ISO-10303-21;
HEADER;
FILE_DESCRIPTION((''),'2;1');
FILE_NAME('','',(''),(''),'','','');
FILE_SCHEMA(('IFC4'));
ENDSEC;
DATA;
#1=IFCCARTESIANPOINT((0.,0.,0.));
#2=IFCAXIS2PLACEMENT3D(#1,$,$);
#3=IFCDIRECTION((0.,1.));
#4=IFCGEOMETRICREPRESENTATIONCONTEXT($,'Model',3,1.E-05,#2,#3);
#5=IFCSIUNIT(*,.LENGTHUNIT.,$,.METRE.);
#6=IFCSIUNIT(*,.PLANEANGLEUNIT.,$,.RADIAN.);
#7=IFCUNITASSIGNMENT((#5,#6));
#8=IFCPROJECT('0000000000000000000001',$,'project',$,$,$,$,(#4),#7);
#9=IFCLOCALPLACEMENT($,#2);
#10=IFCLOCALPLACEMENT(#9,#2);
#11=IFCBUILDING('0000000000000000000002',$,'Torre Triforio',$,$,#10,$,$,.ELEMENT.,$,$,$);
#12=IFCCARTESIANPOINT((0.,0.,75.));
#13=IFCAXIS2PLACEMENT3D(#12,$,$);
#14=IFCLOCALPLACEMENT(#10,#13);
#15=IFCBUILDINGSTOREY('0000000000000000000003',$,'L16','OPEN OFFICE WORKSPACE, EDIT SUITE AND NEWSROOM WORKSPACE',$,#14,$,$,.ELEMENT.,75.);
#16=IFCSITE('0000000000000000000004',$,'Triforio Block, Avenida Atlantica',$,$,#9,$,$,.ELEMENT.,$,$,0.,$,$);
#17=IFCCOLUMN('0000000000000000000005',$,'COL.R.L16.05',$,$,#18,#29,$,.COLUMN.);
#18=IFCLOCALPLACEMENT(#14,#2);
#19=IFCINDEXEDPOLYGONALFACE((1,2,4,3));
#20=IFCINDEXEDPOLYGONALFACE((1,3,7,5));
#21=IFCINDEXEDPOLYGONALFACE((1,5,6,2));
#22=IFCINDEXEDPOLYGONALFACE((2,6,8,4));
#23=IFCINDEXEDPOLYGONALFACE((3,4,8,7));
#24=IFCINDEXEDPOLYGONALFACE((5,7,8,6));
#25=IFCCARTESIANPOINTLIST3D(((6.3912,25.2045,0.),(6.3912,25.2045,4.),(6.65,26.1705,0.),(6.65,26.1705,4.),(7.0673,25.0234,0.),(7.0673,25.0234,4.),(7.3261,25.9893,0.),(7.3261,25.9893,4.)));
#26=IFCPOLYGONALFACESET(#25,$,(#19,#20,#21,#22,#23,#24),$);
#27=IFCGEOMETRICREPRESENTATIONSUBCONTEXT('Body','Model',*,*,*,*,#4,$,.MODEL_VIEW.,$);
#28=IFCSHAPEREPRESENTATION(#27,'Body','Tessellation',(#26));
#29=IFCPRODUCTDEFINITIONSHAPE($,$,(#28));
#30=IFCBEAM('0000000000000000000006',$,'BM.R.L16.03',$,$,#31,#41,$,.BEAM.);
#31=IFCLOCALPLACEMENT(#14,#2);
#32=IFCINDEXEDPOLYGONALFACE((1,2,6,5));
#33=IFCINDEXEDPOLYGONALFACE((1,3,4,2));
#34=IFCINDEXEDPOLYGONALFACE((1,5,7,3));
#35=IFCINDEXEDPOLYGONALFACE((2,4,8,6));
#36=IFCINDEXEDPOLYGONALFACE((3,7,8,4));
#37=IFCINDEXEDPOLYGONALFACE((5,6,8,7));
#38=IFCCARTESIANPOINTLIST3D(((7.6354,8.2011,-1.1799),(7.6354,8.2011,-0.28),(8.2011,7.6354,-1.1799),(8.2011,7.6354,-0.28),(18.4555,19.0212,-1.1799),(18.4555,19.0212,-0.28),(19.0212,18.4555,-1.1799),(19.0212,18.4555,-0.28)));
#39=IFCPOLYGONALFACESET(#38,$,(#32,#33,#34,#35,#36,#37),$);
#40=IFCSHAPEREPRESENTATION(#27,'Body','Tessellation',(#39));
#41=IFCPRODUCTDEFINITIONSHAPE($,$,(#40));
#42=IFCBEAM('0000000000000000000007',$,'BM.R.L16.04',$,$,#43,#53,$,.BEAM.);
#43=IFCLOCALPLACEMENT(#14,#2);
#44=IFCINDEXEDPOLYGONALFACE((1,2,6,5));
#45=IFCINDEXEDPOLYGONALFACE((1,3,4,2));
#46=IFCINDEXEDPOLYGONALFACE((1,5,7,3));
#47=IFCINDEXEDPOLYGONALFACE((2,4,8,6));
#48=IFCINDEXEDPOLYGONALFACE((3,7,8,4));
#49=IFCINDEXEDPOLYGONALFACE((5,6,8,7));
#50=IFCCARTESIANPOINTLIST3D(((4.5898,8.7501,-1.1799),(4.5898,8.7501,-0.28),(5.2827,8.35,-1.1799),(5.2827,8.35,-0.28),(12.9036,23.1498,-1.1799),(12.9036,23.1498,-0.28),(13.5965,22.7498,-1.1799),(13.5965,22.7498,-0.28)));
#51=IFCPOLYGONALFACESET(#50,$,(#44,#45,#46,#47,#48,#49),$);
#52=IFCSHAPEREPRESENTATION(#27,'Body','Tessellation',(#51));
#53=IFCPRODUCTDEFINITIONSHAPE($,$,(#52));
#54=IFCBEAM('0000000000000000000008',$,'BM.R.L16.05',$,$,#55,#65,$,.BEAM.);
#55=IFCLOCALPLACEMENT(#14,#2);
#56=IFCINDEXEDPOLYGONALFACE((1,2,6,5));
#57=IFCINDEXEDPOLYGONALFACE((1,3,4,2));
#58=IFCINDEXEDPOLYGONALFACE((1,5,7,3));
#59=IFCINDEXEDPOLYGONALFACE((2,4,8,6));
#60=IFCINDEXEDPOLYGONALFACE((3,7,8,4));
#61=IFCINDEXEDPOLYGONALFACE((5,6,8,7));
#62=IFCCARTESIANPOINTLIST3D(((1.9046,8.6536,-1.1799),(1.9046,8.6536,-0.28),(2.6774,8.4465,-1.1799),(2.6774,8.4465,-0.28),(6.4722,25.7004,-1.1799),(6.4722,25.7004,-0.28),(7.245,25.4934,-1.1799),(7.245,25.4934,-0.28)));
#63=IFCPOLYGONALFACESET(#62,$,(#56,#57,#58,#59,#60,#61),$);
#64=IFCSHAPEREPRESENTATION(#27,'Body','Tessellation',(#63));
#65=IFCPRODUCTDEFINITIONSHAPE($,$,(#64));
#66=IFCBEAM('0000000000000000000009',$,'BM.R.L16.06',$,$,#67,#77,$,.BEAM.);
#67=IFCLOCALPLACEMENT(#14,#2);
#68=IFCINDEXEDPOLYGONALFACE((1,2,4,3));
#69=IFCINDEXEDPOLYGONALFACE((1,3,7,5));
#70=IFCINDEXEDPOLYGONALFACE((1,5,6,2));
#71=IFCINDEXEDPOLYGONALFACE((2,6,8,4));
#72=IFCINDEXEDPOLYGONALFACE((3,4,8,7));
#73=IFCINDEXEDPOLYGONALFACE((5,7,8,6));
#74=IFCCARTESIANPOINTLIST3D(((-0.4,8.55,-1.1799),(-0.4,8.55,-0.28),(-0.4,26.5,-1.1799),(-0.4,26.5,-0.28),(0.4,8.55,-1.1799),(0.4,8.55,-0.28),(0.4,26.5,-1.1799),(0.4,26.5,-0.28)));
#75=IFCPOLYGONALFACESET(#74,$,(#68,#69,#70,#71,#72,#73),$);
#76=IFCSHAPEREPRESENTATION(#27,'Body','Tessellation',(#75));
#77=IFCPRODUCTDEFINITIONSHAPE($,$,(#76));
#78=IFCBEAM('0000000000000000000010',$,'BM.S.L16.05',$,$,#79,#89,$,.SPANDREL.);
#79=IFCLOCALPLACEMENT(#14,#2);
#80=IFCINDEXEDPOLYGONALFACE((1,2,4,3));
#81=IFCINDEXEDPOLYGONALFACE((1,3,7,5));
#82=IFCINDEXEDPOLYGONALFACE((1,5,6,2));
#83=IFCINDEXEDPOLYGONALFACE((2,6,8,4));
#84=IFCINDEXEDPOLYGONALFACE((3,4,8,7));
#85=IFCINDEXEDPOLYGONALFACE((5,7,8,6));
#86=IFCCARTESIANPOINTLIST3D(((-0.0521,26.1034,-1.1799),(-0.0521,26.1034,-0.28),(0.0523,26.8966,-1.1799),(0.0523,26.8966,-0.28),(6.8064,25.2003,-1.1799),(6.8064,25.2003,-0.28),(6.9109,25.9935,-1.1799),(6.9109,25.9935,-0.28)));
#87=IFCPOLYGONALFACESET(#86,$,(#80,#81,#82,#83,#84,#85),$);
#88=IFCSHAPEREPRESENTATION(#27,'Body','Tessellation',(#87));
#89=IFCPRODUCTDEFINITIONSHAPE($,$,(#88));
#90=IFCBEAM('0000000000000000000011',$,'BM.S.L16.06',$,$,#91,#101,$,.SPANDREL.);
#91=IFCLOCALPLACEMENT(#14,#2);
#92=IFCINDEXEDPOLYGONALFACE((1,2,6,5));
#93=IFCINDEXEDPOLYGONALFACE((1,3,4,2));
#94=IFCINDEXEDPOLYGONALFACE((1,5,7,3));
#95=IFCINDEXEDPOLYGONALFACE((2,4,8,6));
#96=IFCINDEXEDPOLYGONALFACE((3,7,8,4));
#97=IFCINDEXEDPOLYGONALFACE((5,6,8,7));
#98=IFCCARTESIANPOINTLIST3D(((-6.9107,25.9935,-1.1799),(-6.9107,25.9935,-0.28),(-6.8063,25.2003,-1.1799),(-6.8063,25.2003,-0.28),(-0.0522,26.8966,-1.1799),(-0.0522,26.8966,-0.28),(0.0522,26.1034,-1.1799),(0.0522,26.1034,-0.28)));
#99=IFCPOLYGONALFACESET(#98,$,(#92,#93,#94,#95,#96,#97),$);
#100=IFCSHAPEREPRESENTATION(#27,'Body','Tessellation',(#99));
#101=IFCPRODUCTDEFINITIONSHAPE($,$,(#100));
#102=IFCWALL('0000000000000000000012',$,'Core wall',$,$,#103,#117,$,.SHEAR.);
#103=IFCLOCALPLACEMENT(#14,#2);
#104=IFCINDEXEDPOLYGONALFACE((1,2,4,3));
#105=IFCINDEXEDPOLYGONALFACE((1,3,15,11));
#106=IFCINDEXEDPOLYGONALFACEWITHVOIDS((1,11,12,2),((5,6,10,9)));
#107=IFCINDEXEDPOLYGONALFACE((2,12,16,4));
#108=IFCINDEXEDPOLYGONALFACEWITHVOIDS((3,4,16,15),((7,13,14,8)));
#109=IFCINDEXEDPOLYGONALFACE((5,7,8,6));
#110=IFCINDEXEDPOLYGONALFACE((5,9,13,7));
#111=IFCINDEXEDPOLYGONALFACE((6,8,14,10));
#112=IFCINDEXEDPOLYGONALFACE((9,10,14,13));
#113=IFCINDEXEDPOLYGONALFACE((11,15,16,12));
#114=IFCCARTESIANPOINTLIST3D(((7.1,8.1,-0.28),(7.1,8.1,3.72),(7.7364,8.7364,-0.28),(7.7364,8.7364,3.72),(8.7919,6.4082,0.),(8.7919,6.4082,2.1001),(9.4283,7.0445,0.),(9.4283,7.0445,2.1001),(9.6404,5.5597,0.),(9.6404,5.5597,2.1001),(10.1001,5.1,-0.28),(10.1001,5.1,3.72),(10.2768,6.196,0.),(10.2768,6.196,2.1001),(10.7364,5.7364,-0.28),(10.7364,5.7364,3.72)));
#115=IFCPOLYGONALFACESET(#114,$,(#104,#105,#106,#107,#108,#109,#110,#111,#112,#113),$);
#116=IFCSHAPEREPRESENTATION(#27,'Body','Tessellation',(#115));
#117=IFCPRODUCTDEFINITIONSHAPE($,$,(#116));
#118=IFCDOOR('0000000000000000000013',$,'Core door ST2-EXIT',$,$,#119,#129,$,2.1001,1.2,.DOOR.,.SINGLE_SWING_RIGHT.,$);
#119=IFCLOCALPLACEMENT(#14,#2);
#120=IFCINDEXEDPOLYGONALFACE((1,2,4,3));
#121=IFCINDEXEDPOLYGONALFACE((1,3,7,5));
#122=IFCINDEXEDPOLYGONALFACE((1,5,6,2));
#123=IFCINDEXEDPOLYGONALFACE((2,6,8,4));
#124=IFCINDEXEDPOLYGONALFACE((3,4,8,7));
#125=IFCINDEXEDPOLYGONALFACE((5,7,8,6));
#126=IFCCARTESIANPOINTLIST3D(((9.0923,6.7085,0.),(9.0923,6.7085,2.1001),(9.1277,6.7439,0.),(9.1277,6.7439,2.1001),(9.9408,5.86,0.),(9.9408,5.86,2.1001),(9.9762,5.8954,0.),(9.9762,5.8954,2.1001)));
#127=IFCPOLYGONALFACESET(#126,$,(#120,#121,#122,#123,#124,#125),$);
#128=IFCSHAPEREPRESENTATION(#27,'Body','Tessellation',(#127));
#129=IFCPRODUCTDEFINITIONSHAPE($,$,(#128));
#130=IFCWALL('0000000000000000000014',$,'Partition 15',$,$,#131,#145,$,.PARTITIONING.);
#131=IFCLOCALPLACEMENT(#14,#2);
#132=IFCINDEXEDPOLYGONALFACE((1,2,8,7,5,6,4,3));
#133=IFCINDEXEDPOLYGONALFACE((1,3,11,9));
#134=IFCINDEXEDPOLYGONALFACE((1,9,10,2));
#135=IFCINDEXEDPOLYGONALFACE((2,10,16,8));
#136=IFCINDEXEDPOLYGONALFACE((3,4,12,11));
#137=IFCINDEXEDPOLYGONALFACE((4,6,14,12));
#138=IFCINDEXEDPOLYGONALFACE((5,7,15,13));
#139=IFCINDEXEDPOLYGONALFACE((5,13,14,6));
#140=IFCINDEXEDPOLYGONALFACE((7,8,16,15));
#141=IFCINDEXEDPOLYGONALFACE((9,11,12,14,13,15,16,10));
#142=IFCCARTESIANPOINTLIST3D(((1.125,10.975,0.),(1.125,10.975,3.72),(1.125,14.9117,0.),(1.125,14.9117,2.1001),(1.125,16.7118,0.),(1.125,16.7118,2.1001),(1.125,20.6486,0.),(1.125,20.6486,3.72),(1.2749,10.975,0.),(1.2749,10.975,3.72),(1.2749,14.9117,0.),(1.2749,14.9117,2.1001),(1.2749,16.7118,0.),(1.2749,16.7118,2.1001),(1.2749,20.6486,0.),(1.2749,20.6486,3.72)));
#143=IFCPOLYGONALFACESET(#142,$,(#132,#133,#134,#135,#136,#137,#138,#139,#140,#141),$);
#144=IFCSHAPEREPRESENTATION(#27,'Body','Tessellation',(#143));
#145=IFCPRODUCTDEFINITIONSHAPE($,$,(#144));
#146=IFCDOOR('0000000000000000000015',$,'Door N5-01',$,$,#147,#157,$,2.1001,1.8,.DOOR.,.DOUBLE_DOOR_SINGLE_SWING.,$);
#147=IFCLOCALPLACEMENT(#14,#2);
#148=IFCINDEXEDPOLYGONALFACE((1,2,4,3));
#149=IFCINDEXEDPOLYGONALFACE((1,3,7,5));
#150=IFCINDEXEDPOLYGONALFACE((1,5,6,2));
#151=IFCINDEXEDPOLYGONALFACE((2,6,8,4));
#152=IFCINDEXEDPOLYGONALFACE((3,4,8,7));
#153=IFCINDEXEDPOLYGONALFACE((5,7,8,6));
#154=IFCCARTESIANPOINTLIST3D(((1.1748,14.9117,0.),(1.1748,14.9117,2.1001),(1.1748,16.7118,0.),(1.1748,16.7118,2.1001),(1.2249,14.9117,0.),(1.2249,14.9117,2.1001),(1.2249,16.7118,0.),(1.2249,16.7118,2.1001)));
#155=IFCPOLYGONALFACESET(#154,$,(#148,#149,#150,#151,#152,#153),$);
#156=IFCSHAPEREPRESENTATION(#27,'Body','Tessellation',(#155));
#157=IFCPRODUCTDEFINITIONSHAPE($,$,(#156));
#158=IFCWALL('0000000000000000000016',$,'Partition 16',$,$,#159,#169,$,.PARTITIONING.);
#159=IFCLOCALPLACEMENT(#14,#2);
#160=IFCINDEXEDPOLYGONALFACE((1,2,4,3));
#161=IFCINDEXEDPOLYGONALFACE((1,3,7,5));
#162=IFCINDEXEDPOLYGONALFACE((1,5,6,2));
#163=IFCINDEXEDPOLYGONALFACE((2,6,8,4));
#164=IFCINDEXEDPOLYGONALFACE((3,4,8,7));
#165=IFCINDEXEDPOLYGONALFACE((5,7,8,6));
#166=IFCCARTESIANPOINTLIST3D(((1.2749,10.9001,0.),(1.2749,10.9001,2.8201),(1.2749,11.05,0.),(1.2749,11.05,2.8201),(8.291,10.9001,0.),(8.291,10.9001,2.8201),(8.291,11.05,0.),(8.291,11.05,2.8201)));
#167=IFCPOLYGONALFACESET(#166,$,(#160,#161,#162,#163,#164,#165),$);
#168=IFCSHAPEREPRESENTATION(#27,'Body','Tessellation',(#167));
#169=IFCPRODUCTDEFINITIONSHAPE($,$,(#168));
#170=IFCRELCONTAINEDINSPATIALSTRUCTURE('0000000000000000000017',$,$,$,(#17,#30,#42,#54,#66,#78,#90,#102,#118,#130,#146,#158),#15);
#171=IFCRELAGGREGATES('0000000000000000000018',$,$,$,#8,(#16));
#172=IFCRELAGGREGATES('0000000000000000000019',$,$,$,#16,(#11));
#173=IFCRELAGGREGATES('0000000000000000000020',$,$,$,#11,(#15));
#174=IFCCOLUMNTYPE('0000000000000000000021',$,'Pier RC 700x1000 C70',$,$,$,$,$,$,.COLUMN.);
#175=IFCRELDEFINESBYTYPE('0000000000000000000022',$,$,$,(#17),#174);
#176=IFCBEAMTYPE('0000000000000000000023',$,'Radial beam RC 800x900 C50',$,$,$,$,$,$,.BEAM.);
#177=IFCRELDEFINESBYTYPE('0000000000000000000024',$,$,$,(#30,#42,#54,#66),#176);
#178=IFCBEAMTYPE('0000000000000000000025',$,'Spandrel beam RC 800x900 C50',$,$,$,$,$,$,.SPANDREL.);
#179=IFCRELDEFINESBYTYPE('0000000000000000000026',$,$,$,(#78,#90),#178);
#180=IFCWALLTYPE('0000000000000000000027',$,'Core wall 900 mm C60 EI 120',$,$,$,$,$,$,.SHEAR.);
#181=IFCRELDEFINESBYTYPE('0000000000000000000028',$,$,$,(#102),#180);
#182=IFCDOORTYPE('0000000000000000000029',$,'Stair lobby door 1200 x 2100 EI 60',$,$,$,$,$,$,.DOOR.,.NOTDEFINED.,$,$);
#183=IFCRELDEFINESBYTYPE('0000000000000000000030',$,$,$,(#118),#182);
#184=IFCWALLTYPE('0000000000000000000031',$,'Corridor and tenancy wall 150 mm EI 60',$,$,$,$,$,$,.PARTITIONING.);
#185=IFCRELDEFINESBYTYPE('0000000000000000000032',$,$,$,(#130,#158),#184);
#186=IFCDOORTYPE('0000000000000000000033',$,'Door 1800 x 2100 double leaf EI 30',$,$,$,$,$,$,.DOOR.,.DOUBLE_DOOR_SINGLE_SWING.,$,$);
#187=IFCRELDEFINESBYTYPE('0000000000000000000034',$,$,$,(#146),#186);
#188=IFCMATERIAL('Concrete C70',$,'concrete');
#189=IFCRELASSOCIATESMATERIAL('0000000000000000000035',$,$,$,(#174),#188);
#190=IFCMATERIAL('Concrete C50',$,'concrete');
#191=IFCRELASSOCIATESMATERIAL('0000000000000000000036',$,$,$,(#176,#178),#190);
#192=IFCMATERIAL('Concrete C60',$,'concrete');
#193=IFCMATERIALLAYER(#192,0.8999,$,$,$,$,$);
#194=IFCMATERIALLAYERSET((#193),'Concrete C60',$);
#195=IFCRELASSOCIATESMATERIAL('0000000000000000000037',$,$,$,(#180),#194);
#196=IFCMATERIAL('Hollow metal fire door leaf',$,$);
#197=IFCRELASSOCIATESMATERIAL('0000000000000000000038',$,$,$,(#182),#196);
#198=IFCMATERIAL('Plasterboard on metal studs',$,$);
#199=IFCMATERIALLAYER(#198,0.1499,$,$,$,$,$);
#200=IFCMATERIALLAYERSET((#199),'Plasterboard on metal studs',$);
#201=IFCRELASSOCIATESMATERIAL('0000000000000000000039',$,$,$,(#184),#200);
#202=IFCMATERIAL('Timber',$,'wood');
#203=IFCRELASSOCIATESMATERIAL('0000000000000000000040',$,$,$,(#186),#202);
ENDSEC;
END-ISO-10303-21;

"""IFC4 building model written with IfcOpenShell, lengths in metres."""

from ifc_helpers import new_model, si_unit, direction, frame, frame_2d, origin, origin_2d, place, context, subcontext, project, spatial, rectangle, extrude, material, layer, layer_set, material_profile, profile_set, type_object, element, fill, save


model = new_model("IFC4")

# Units and contexts
model_context = context("Model", 3, precision=1e-05, world=origin(), true_north=direction((0.0, 1.0)))
body_context = subcontext(model_context, "Body", "Model", "MODEL_VIEW")
ifc_project = project(units=[si_unit("LENGTHUNIT", "METRE"), si_unit("PLANEANGLEUNIT", "RADIAN")], contexts=[model_context])

# Site, building, storey
site_placement = place(None, origin())
site = spatial("IfcSite", under=ifc_project, at=site_placement, Name="Triforio Block, Avenida Atlantica", CompositionType="ELEMENT", RefElevation=0.0)
building_placement = place(site_placement, origin())
building = spatial("IfcBuilding", under=site, at=building_placement, Name="Torre Triforio", CompositionType="ELEMENT")
storey_placement = place(building_placement, frame((0.0, 0.0, 75.0)))
storey = spatial("IfcBuildingStorey", under=building, at=storey_placement, Name="L16", Description="OPEN OFFICE WORKSPACE, EDIT SUITE AND NEWSROOM WORKSPACE", CompositionType="ELEMENT", Elevation=75.0)

# Column
ifc_material_1 = material(Name="Concrete C70", Category="concrete")
ifc_material_profile_1 = material_profile(ifc_material_1, rectangle(XDim=0.7, YDim=1.0, at=origin_2d()), Name="RC 700x1000")
ifc_profile_set_1 = profile_set([ifc_material_profile_1], Name="Concrete C70")
column_type = type_object("IfcColumnType", Name="Pier RC 700x1000 C70", PredefinedType="COLUMN", material=ifc_profile_set_1)
column_placement = place(storey_placement, frame((6.8586, 25.5969, 0.0), z_axis=(0.0, 0.0, 1.0), x_axis=(-0.965926, 0.258819, 0.0)))
element("IfcColumn", 1, at=column_placement, inside=storey, type_object=column_type, Name="COL.R.L16.05", PredefinedType="COLUMN", context=body_context, shape_type="SweptSolid", body=[
    extrude(rectangle(XDim=0.7, YDim=1.0, at=origin_2d()), origin(), (0.0, 0.0, 1.0), 4.0),
])

# Beams
ifc_material_2 = material(Name="Concrete C50", Category="concrete")
ifc_material_profile_2 = material_profile(ifc_material_2, rectangle(XDim=0.8, YDim=0.8999, at=origin_2d()), Name="RC 800x900")
ifc_profile_set_2 = profile_set([ifc_material_profile_2], Name="Concrete C50")
beam_type_1 = type_object("IfcBeamType", Name="Radial beam RC 800x900 C50", PredefinedType="BEAM", material=ifc_profile_set_2)
beam_1_placement = place(storey_placement, frame((7.9182, 7.9182, -0.73), z_axis=(0.707107, 0.707107, 0.0), x_axis=(-0.707107, 0.707107, 0.0)))
element("IfcBeam", 2, at=beam_1_placement, inside=storey, type_object=beam_type_1, Name="BM.R.L16.03", PredefinedType="BEAM", context=body_context, shape_type="SweptSolid", body=[
    extrude(rectangle(XDim=0.8, YDim=0.8999, at=origin_2d()), origin(), (0.0, 0.0, 1.0), 15.302),
])
beam_2_placement = place(storey_placement, frame((4.9363, 8.55, -0.73), z_axis=(0.500003, 0.866023, 0.0), x_axis=(-0.866023, 0.500003, 0.0)))
element("IfcBeam", 3, at=beam_2_placement, inside=storey, type_object=beam_type_1, Name="BM.R.L16.04", PredefinedType="BEAM", context=body_context, shape_type="SweptSolid", body=[
    extrude(rectangle(XDim=0.8, YDim=0.8999, at=origin_2d()), origin(), (0.0, 0.0, 1.0), 16.6274),
])
beam_3_placement = place(storey_placement, frame((2.291, 8.55, -0.73), z_axis=(0.258815, 0.965927, 0.0), x_axis=(-0.965927, 0.258815, 0.0)))
element("IfcBeam", 4, at=beam_3_placement, inside=storey, type_object=beam_type_1, Name="BM.R.L16.05", PredefinedType="BEAM", context=body_context, shape_type="SweptSolid", body=[
    extrude(rectangle(XDim=0.8, YDim=0.8999, at=origin_2d()), origin(), (0.0, 0.0, 1.0), 17.6482),
])
beam_4_placement = place(storey_placement, frame((0.0, 8.55, -0.73), z_axis=(0.0, 1.0, 0.0), x_axis=(-1.0, 0.0, 0.0)))
element("IfcBeam", 5, at=beam_4_placement, inside=storey, type_object=beam_type_1, Name="BM.R.L16.06", PredefinedType="BEAM", context=body_context, shape_type="SweptSolid", body=[
    extrude(rectangle(XDim=0.8, YDim=0.8999, at=origin_2d()), origin(), (0.0, 0.0, 1.0), 17.95),
])
ifc_material_profile_3 = material_profile(ifc_material_2, rectangle(XDim=0.8, YDim=0.8999, at=origin_2d()), Name="RC 800x900")
ifc_profile_set_3 = profile_set([ifc_material_profile_3], Name="Concrete C50")
beam_type_2 = type_object("IfcBeamType", Name="Spandrel beam RC 800x900 C50", PredefinedType="SPANDREL", material=ifc_profile_set_3)
for number, where, z_axis, x_axis, name in (
    (6, (6.8586, 25.5969, -0.73), (-0.991443, 0.130543, 0.0), (-0.130543, -0.991443, 0.0), "BM.S.L16.05"),
    (7, (0.0, 26.5, -0.73), (-0.991443, -0.130543, 0.0), (0.130543, -0.991443, 0.0), "BM.S.L16.06"),
):
    element("IfcBeam", number, at=place(storey_placement, frame(where, z_axis=z_axis, x_axis=x_axis)), inside=storey, type_object=beam_type_2, Name=name, PredefinedType="SPANDREL", context=body_context, shape_type="SweptSolid", body=[
        extrude(rectangle(XDim=0.8, YDim=0.8999, at=origin_2d()), origin(), (0.0, 0.0, 1.0), 6.9177),
    ])

# Walls, openings, doors
ifc_material_3 = material(Name="Concrete C60", Category="concrete")
ifc_layer_1 = layer(ifc_material_3, 0.8999)
ifc_layer_set_1 = layer_set([ifc_layer_1], Name="Concrete C60")
wall_type_1 = type_object("IfcWallType", Name="Core wall 900 mm C60 EI 120", PredefinedType="SHEAR", material=ifc_layer_set_1)
wall_1_placement = place(storey_placement, frame((7.4182, 8.4182, -0.28), z_axis=(0.0, 0.0, 1.0), x_axis=(0.707107, -0.707107, 0.0)))
wall_1 = element("IfcWall", 8, at=wall_1_placement, inside=storey, type_object=wall_type_1, Name="Core wall", PredefinedType="SHEAR", context=body_context, shape_type="SweptSolid", body=[
    extrude(rectangle(XDim=4.2427, YDim=0.8999, at=frame_2d((2.1213, 0.0))), origin(), (0.0, 0.0, 1.0), 4.0),
])
opening_1_placement = place(wall_1_placement, frame((2.3926, 0.0, 0.28)))
opening_1 = element("IfcOpeningElement", 9, at=opening_1_placement, cuts=wall_1, PredefinedType="OPENING", context=body_context, shape_type="SweptSolid", body=[
    extrude(rectangle(XDim=1.2, YDim=2.1001, at=frame_2d((0.6001, 1.05))), frame((0.0, 0.46, 0.0), z_axis=(0.0, -1.0, 0.0), x_axis=(1.0, 0.0, 0.0)), (0.0, 0.0, 1.0), 0.9199),
])
ifc_material_4 = material(Name="Hollow metal fire door leaf")
door_type_1 = type_object("IfcDoorType", Name="Stair lobby door 1200 x 2100 EI 60", OperationType="NOTDEFINED", PredefinedType="DOOR", material=ifc_material_4)
door_1_placement = place(opening_1_placement, origin())
door_1 = element("IfcDoor", 10, at=door_1_placement, inside=storey, type_object=door_type_1, Name="Core door ST2-EXIT", OperationType="SINGLE_SWING_RIGHT", OverallHeight=2.1001, OverallWidth=1.2, PredefinedType="DOOR", context=body_context, shape_type="SweptSolid", body=[
    extrude(rectangle(XDim=1.2, YDim=2.1001, at=frame_2d((0.6001, 1.05))), frame((0.0, 0.0249, 0.0), z_axis=(0.0, -1.0, 0.0), x_axis=(1.0, 0.0, 0.0)), (0.0, 0.0, 1.0), 0.05),
])
fill(opening_1, door_1)
ifc_material_5 = material(Name="Plasterboard on metal studs")
ifc_layer_2 = layer(ifc_material_5, 0.1499)
ifc_layer_set_2 = layer_set([ifc_layer_2], Name="Plasterboard on metal studs")
wall_type_2 = type_object("IfcWallType", Name="Corridor and tenancy wall 150 mm EI 60", PredefinedType="PARTITIONING", material=ifc_layer_set_2)
wall_2_placement = place(storey_placement, frame((1.2, 20.6487, 0.0), z_axis=(0.0, 0.0, 1.0), x_axis=(0.0, -1.0, 0.0)))
wall_2 = element("IfcWall", 11, at=wall_2_placement, inside=storey, type_object=wall_type_2, Name="Partition 15", PredefinedType="PARTITIONING", context=body_context, shape_type="SweptSolid", body=[
    extrude(rectangle(XDim=9.6736, YDim=0.1499, at=frame_2d((4.8369, 0.0))), origin(), (0.0, 0.0, 1.0), 3.72),
])
opening_2_placement = place(wall_2_placement, frame((3.937, 0.0, 0.0)))
opening_2 = element("IfcOpeningElement", 12, at=opening_2_placement, cuts=wall_2, PredefinedType="OPENING", context=body_context, shape_type="SweptSolid", body=[
    extrude(rectangle(XDim=1.8, YDim=2.1001, at=frame_2d((0.8999, 1.05))), frame((0.0, 0.085, 0.0), z_axis=(0.0, -1.0, 0.0), x_axis=(1.0, 0.0, 0.0)), (0.0, 0.0, 1.0), 0.1699),
])
ifc_material_6 = material(Name="Timber", Category="wood")
door_type_2 = type_object("IfcDoorType", Name="Door 1800 x 2100 double leaf EI 30", OperationType="DOUBLE_DOOR_SINGLE_SWING", PredefinedType="DOOR", material=ifc_material_6)
door_2_placement = place(opening_2_placement, origin())
door_2 = element("IfcDoor", 13, at=door_2_placement, inside=storey, type_object=door_type_2, Name="Door N5-01", OperationType="DOUBLE_DOOR_SINGLE_SWING", OverallHeight=2.1001, OverallWidth=1.8, PredefinedType="DOOR", context=body_context, shape_type="SweptSolid", body=[
    extrude(rectangle(XDim=1.8, YDim=2.1001, at=frame_2d((0.8999, 1.05))), frame((0.0, 0.0249, 0.0), z_axis=(0.0, -1.0, 0.0), x_axis=(1.0, 0.0, 0.0)), (0.0, 0.0, 1.0), 0.05),
])
fill(opening_2, door_2)

# Wall
wall_3_placement = place(storey_placement, frame((1.2749, 10.9751, 0.0), z_axis=(0.0, 0.0, 1.0), x_axis=(1.0, 0.0, 0.0)))
element("IfcWall", 14, at=wall_3_placement, inside=storey, type_object=wall_type_2, Name="Partition 16", PredefinedType="PARTITIONING", context=body_context, shape_type="SweptSolid", body=[
    extrude(rectangle(XDim=7.0161, YDim=0.1499, at=frame_2d((3.5081, 0.0))), origin(), (0.0, 0.0, 1.0), 2.8201),
])

save(model, "model.ifc")
